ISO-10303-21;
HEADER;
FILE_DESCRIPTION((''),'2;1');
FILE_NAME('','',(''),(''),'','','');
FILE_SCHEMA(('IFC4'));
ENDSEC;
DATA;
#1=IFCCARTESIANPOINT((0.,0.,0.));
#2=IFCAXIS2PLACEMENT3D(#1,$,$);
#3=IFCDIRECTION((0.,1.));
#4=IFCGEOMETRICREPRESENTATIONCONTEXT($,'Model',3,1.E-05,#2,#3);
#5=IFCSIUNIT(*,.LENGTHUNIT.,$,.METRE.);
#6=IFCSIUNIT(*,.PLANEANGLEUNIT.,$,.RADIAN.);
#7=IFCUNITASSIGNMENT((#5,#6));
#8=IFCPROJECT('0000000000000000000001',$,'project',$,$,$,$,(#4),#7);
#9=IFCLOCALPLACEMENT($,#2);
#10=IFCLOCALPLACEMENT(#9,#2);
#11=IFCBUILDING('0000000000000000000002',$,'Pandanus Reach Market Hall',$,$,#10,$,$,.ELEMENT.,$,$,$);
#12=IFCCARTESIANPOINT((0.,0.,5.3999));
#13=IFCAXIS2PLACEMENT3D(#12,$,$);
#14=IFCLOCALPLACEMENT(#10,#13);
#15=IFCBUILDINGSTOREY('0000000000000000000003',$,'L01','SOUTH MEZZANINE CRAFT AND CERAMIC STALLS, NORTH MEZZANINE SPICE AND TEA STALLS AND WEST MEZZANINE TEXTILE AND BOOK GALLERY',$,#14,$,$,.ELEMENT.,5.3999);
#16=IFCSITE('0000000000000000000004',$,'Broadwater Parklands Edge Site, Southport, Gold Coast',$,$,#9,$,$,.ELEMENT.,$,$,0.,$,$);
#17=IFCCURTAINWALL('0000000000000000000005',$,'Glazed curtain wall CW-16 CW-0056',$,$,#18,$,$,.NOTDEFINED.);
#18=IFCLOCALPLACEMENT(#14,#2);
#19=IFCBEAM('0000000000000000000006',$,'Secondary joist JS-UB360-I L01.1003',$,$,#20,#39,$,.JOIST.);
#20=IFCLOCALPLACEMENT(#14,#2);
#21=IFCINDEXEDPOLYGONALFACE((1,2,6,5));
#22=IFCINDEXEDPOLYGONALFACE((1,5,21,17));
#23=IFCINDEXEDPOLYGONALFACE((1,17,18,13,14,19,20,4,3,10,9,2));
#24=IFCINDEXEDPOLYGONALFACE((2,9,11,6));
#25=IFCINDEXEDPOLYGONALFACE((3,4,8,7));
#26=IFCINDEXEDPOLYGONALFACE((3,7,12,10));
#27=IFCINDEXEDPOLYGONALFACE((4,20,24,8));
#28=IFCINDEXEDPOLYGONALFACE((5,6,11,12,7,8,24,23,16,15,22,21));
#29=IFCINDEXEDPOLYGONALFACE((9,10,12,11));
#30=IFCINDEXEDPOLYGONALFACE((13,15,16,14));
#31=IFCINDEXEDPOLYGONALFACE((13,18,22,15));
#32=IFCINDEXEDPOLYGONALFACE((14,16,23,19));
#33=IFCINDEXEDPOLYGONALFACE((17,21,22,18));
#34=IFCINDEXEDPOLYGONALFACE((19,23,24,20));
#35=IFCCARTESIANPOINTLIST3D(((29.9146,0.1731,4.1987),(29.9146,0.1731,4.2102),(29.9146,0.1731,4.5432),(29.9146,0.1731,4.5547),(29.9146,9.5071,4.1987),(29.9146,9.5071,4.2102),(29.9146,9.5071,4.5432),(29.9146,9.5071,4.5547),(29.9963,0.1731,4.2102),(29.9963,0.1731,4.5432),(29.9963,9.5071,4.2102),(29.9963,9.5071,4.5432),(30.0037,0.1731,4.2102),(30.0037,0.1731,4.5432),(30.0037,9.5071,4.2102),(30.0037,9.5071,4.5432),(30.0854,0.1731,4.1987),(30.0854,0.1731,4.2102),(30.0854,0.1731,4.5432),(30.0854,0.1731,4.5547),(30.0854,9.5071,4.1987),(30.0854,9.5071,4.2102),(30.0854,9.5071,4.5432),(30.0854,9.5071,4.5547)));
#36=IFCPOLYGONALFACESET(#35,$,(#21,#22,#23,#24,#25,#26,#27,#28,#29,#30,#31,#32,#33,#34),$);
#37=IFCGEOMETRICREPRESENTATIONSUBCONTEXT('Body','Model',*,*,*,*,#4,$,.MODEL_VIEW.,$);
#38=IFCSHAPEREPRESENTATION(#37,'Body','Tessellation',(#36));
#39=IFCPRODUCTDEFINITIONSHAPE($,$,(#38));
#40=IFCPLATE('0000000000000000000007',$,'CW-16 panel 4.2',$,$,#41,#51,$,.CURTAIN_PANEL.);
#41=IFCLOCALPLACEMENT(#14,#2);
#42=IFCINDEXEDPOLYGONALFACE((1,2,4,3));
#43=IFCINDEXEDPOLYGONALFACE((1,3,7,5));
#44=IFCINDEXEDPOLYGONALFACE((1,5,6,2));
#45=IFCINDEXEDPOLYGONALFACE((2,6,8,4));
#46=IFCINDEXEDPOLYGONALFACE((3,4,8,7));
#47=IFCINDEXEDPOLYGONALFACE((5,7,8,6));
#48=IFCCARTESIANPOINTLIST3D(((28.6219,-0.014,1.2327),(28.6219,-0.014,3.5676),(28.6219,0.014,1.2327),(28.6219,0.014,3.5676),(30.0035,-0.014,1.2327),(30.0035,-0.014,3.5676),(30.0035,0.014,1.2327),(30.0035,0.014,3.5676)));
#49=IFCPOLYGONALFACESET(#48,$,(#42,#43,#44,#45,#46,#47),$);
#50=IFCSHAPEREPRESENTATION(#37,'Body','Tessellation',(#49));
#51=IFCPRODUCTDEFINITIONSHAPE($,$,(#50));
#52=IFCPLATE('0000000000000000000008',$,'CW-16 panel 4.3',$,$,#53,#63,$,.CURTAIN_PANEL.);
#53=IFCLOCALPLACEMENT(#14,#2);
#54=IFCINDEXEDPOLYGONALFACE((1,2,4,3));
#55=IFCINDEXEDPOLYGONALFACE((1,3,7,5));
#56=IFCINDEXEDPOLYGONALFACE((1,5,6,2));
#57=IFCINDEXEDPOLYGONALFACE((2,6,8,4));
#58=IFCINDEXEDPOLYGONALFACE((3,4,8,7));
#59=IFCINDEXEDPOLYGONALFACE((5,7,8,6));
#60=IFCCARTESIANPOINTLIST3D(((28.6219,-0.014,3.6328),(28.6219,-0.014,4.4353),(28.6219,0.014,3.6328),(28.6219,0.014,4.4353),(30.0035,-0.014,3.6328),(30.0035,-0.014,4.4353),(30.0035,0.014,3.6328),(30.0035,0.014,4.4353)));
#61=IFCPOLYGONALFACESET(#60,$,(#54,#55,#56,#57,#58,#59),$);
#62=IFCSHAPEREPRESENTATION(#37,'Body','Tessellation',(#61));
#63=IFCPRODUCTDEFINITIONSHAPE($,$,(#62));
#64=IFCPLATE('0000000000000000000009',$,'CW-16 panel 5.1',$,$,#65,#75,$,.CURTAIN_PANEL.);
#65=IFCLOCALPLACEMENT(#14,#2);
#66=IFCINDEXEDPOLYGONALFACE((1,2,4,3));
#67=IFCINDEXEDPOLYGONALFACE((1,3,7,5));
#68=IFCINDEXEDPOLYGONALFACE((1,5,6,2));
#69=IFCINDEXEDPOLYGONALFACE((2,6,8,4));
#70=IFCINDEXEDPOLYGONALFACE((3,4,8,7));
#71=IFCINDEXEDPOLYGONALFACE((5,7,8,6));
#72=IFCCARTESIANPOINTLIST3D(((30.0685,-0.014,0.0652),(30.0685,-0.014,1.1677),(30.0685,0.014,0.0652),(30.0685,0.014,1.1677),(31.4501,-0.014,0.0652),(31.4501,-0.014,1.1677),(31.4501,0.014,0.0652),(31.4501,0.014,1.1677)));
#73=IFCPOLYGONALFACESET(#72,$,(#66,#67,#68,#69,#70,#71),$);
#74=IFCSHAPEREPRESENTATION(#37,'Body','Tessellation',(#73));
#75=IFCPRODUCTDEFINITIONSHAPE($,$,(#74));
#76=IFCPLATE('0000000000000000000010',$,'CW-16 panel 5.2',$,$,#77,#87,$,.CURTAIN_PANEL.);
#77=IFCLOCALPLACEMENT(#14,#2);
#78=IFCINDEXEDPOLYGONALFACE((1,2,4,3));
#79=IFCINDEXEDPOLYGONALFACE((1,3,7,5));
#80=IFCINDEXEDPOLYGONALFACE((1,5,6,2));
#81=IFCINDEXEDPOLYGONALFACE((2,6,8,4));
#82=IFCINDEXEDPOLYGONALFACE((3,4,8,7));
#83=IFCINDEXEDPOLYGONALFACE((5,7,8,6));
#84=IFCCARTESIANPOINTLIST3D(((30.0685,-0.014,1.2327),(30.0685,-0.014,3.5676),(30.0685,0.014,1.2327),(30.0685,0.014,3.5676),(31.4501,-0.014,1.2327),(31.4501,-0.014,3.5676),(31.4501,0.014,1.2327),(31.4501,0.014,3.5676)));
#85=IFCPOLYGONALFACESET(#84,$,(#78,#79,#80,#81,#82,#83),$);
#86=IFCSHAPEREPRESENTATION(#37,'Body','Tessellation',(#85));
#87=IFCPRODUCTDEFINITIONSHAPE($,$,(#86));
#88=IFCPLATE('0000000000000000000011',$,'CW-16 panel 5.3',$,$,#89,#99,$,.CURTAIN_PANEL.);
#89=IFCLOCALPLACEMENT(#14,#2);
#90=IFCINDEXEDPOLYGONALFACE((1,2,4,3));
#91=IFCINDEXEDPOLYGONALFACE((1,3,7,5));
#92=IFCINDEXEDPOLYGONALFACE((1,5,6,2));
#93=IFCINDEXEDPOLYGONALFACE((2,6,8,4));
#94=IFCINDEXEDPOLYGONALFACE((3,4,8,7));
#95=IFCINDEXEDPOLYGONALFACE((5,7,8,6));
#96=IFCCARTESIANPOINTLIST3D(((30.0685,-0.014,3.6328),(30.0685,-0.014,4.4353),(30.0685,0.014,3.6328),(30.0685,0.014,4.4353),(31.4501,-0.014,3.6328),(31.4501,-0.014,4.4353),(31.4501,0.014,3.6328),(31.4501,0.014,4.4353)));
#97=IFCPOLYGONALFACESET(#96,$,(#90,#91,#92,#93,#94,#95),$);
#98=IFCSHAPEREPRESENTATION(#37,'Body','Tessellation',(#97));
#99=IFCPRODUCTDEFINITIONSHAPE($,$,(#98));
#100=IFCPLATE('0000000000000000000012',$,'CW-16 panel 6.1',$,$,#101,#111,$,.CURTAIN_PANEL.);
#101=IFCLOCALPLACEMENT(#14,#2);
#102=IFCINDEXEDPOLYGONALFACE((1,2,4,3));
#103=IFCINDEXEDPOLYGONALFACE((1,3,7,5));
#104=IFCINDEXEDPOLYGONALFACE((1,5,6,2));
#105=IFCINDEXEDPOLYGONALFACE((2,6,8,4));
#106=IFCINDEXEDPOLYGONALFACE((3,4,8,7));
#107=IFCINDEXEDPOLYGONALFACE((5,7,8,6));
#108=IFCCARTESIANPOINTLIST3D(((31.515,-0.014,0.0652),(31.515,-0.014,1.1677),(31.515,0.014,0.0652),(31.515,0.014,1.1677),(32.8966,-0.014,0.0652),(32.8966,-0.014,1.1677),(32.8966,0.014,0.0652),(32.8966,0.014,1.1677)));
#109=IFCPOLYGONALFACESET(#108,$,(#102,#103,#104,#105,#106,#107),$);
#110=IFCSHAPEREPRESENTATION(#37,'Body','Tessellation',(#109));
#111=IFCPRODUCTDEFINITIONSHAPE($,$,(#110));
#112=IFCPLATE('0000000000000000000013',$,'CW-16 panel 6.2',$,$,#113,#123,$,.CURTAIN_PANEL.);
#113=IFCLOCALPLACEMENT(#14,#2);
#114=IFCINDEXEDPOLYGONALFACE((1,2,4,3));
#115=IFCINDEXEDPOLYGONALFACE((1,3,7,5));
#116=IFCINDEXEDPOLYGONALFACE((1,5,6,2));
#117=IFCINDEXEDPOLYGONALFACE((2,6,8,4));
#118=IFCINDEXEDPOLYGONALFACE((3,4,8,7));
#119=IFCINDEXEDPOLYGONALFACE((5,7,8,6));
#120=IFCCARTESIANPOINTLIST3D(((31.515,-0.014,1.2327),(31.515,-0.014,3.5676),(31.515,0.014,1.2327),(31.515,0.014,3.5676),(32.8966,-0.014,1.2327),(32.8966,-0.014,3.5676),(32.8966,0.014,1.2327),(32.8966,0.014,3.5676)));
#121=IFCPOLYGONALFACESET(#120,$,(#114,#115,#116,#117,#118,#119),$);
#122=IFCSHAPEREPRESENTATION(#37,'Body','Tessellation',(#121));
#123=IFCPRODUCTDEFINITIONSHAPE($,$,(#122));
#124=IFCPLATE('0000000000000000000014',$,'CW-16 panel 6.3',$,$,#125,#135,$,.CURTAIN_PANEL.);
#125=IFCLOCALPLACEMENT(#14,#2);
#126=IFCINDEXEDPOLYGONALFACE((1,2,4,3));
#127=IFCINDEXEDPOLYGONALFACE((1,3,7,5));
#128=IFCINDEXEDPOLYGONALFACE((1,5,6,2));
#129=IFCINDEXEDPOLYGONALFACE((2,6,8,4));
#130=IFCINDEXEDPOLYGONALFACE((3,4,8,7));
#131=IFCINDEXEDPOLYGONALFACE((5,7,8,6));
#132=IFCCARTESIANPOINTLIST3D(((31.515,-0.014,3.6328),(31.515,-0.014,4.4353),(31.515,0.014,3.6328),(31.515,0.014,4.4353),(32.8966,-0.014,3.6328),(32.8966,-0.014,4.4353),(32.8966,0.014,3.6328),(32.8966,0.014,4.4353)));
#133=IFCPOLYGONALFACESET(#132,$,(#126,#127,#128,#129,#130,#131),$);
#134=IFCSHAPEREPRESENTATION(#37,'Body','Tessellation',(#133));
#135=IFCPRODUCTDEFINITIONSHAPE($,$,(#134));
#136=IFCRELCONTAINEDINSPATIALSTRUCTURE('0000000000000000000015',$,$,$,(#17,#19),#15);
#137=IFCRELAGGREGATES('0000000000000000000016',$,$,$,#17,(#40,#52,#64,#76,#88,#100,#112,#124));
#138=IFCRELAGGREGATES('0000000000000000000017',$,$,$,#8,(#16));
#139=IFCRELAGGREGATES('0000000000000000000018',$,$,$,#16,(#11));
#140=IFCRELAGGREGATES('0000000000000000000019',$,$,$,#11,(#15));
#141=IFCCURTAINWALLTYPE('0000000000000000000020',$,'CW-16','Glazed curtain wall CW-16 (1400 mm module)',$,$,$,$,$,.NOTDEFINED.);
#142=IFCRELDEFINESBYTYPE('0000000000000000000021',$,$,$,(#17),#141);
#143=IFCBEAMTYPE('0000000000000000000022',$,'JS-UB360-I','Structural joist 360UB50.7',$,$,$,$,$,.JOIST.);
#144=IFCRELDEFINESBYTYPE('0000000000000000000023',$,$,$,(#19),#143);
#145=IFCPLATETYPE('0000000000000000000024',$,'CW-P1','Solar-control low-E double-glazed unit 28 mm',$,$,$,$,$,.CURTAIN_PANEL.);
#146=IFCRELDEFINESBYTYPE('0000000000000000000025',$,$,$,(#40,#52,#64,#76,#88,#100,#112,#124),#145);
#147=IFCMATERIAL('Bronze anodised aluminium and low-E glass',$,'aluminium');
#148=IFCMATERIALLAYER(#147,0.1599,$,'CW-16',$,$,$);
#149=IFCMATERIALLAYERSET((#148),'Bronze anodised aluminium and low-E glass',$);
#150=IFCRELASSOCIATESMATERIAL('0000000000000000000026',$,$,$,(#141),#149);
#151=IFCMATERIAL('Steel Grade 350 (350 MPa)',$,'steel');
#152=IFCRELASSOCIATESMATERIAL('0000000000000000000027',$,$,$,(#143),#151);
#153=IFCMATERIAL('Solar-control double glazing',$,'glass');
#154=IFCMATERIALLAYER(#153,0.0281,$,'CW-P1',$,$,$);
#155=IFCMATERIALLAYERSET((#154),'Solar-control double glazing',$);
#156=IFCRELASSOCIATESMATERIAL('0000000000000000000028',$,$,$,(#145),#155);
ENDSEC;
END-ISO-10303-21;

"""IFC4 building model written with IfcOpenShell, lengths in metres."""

from ifc_helpers import new_model, si_unit, direction, frame, origin, origin_2d, place, context, subcontext, project, spatial, rectangle, i_section, extrude, material, layer, layer_set, material_profile, profile_set, type_object, element, aggregate, save


model = new_model("IFC4")

# Units and contexts
model_context = context("Model", 3, precision=1e-05, world=origin(), true_north=direction((0.0, 1.0)))
body_context = subcontext(model_context, "Body", "Model", "MODEL_VIEW")
ifc_project = project(units=[si_unit("LENGTHUNIT", "METRE"), si_unit("PLANEANGLEUNIT", "RADIAN")], contexts=[model_context])

# Site, building, storey
site_placement = place(None, origin())
site = spatial("IfcSite", under=ifc_project, at=site_placement, Name="Broadwater Parklands Edge Site, Southport, Gold Coast", CompositionType="ELEMENT", RefElevation=0.0)
building_placement = place(site_placement, origin())
building = spatial("IfcBuilding", under=site, at=building_placement, Name="Pandanus Reach Market Hall", CompositionType="ELEMENT")
storey_placement = place(building_placement, frame((0.0, 0.0, 5.3999)))
storey = spatial("IfcBuildingStorey", under=building, at=storey_placement, Name="L01", Description="SOUTH MEZZANINE CRAFT AND CERAMIC STALLS, NORTH MEZZANINE SPICE AND TEA STALLS AND WEST MEZZANINE TEXTILE AND BOOK GALLERY", CompositionType="ELEMENT", Elevation=5.3999)

# Curtain wall
ifc_material_1 = material(Name="Bronze anodised aluminium and low-E glass", Category="aluminium")
ifc_layer_1 = layer(ifc_material_1, 0.1599, Name="CW-16")
ifc_layer_set_1 = layer_set([ifc_layer_1], Name="Bronze anodised aluminium and low-E glass")
curtain_wall_type = type_object("IfcCurtainWallType", Name="CW-16", Description="Glazed curtain wall CW-16 (1400 mm module)", PredefinedType="NOTDEFINED", material=ifc_layer_set_1)
curtain_wall_placement = place(storey_placement, origin())
curtain_wall = element("IfcCurtainWall", 1, at=curtain_wall_placement, inside=storey, type_object=curtain_wall_type, Name="Glazed curtain wall CW-16 CW-0056", PredefinedType="NOTDEFINED")

# Beam
ifc_material_2 = material(Name="Steel Grade 350 (350 MPa)", Category="steel")
ifc_material_profile_1 = material_profile(ifc_material_2, i_section(OverallWidth=0.1709, OverallDepth=0.356, WebThickness=0.0073, FlangeThickness=0.0115, at=origin_2d()), Name="360UB50.7", Category="LoadBearing")
ifc_profile_set_1 = profile_set([ifc_material_profile_1], Name="Steel Grade 350 (350 MPa)")
beam_type = type_object("IfcBeamType", Name="JS-UB360-I", Description="Structural joist 360UB50.7", PredefinedType="JOIST", material=ifc_profile_set_1)
beam_placement = place(storey_placement, frame((30.0, 0.1731, 4.3767), z_axis=(0.0, 1.0, 0.0), x_axis=(-1.0, 0.0, 0.0)))
element("IfcBeam", 2, at=beam_placement, inside=storey, type_object=beam_type, Name="Secondary joist JS-UB360-I L01.1003", PredefinedType="JOIST", context=body_context, shape_type="SweptSolid", body=[
    extrude(i_section(OverallWidth=0.1709, OverallDepth=0.356, WebThickness=0.0073, FlangeThickness=0.0115, at=origin_2d()), origin(), (0.0, 0.0, 1.0), 9.334),
])

# Plates
ifc_material_3 = material(Name="Solar-control double glazing", Category="glass")
ifc_layer_2 = layer(ifc_material_3, 0.0281, Name="CW-P1")
ifc_layer_set_2 = layer_set([ifc_layer_2], Name="Solar-control double glazing")
plate_type = type_object("IfcPlateType", Name="CW-P1", Description="Solar-control low-E double-glazed unit 28 mm", PredefinedType="CURTAIN_PANEL", material=ifc_layer_set_2)
plate_1_placement = place(storey_placement, frame((29.3127, 0.0, 1.2327), z_axis=(0.0, 0.0, 1.0), x_axis=(1.0, 0.0, 0.0)))
plate_1 = element("IfcPlate", 3, at=plate_1_placement, type_object=plate_type, Name="CW-16 panel 4.2", PredefinedType="CURTAIN_PANEL", context=body_context, shape_type="SweptSolid", body=[
    extrude(rectangle(XDim=1.3816, YDim=0.0281, at=origin_2d()), origin(), (0.0, 0.0, 1.0), 2.335),
])
plate_2_placement = place(storey_placement, frame((29.3127, 0.0, 3.6328), z_axis=(0.0, 0.0, 1.0), x_axis=(1.0, 0.0, 0.0)))
plate_2 = element("IfcPlate", 4, at=plate_2_placement, type_object=plate_type, Name="CW-16 panel 4.3", PredefinedType="CURTAIN_PANEL", context=body_context, shape_type="SweptSolid", body=[
    extrude(rectangle(XDim=1.3816, YDim=0.0281, at=origin_2d()), origin(), (0.0, 0.0, 1.0), 0.8025),
])
plate_3_placement = place(storey_placement, frame((30.7593, 0.0, 0.0652), z_axis=(0.0, 0.0, 1.0), x_axis=(1.0, 0.0, 0.0)))
plate_3 = element("IfcPlate", 5, at=plate_3_placement, type_object=plate_type, Name="CW-16 panel 5.1", PredefinedType="CURTAIN_PANEL", context=body_context, shape_type="SweptSolid", body=[
    extrude(rectangle(XDim=1.3816, YDim=0.0281, at=origin_2d()), origin(), (0.0, 0.0, 1.0), 1.1025),
])
plate_4_placement = place(storey_placement, frame((30.7593, 0.0, 1.2327), z_axis=(0.0, 0.0, 1.0), x_axis=(1.0, 0.0, 0.0)))
plate_4 = element("IfcPlate", 6, at=plate_4_placement, type_object=plate_type, Name="CW-16 panel 5.2", PredefinedType="CURTAIN_PANEL", context=body_context, shape_type="SweptSolid", body=[
    extrude(rectangle(XDim=1.3816, YDim=0.0281, at=origin_2d()), origin(), (0.0, 0.0, 1.0), 2.335),
])
plate_5_placement = place(storey_placement, frame((30.7593, 0.0, 3.6328), z_axis=(0.0, 0.0, 1.0), x_axis=(1.0, 0.0, 0.0)))
plate_5 = element("IfcPlate", 7, at=plate_5_placement, type_object=plate_type, Name="CW-16 panel 5.3", PredefinedType="CURTAIN_PANEL", context=body_context, shape_type="SweptSolid", body=[
    extrude(rectangle(XDim=1.3816, YDim=0.0281, at=origin_2d()), origin(), (0.0, 0.0, 1.0), 0.8025),
])
plate_6_placement = place(storey_placement, frame((32.2058, 0.0, 0.0652), z_axis=(0.0, 0.0, 1.0), x_axis=(1.0, 0.0, 0.0)))
plate_6 = element("IfcPlate", 8, at=plate_6_placement, type_object=plate_type, Name="CW-16 panel 6.1", PredefinedType="CURTAIN_PANEL", context=body_context, shape_type="SweptSolid", body=[
    extrude(rectangle(XDim=1.3816, YDim=0.0281, at=origin_2d()), origin(), (0.0, 0.0, 1.0), 1.1025),
])
plate_7_placement = place(storey_placement, frame((32.2058, 0.0, 1.2327), z_axis=(0.0, 0.0, 1.0), x_axis=(1.0, 0.0, 0.0)))
plate_7 = element("IfcPlate", 9, at=plate_7_placement, type_object=plate_type, Name="CW-16 panel 6.2", PredefinedType="CURTAIN_PANEL", context=body_context, shape_type="SweptSolid", body=[
    extrude(rectangle(XDim=1.3816, YDim=0.0281, at=origin_2d()), origin(), (0.0, 0.0, 1.0), 2.335),
])
plate_8_placement = place(storey_placement, frame((32.2058, 0.0, 3.6328), z_axis=(0.0, 0.0, 1.0), x_axis=(1.0, 0.0, 0.0)))
plate_8 = element("IfcPlate", 10, at=plate_8_placement, type_object=plate_type, Name="CW-16 panel 6.3", PredefinedType="CURTAIN_PANEL", context=body_context, shape_type="SweptSolid", body=[
    extrude(rectangle(XDim=1.3816, YDim=0.0281, at=origin_2d()), origin(), (0.0, 0.0, 1.0), 0.8025),
])
aggregate(curtain_wall, [plate_1, plate_2, plate_3, plate_4, plate_5, plate_6, plate_7, plate_8])

save(model, "model.ifc")
